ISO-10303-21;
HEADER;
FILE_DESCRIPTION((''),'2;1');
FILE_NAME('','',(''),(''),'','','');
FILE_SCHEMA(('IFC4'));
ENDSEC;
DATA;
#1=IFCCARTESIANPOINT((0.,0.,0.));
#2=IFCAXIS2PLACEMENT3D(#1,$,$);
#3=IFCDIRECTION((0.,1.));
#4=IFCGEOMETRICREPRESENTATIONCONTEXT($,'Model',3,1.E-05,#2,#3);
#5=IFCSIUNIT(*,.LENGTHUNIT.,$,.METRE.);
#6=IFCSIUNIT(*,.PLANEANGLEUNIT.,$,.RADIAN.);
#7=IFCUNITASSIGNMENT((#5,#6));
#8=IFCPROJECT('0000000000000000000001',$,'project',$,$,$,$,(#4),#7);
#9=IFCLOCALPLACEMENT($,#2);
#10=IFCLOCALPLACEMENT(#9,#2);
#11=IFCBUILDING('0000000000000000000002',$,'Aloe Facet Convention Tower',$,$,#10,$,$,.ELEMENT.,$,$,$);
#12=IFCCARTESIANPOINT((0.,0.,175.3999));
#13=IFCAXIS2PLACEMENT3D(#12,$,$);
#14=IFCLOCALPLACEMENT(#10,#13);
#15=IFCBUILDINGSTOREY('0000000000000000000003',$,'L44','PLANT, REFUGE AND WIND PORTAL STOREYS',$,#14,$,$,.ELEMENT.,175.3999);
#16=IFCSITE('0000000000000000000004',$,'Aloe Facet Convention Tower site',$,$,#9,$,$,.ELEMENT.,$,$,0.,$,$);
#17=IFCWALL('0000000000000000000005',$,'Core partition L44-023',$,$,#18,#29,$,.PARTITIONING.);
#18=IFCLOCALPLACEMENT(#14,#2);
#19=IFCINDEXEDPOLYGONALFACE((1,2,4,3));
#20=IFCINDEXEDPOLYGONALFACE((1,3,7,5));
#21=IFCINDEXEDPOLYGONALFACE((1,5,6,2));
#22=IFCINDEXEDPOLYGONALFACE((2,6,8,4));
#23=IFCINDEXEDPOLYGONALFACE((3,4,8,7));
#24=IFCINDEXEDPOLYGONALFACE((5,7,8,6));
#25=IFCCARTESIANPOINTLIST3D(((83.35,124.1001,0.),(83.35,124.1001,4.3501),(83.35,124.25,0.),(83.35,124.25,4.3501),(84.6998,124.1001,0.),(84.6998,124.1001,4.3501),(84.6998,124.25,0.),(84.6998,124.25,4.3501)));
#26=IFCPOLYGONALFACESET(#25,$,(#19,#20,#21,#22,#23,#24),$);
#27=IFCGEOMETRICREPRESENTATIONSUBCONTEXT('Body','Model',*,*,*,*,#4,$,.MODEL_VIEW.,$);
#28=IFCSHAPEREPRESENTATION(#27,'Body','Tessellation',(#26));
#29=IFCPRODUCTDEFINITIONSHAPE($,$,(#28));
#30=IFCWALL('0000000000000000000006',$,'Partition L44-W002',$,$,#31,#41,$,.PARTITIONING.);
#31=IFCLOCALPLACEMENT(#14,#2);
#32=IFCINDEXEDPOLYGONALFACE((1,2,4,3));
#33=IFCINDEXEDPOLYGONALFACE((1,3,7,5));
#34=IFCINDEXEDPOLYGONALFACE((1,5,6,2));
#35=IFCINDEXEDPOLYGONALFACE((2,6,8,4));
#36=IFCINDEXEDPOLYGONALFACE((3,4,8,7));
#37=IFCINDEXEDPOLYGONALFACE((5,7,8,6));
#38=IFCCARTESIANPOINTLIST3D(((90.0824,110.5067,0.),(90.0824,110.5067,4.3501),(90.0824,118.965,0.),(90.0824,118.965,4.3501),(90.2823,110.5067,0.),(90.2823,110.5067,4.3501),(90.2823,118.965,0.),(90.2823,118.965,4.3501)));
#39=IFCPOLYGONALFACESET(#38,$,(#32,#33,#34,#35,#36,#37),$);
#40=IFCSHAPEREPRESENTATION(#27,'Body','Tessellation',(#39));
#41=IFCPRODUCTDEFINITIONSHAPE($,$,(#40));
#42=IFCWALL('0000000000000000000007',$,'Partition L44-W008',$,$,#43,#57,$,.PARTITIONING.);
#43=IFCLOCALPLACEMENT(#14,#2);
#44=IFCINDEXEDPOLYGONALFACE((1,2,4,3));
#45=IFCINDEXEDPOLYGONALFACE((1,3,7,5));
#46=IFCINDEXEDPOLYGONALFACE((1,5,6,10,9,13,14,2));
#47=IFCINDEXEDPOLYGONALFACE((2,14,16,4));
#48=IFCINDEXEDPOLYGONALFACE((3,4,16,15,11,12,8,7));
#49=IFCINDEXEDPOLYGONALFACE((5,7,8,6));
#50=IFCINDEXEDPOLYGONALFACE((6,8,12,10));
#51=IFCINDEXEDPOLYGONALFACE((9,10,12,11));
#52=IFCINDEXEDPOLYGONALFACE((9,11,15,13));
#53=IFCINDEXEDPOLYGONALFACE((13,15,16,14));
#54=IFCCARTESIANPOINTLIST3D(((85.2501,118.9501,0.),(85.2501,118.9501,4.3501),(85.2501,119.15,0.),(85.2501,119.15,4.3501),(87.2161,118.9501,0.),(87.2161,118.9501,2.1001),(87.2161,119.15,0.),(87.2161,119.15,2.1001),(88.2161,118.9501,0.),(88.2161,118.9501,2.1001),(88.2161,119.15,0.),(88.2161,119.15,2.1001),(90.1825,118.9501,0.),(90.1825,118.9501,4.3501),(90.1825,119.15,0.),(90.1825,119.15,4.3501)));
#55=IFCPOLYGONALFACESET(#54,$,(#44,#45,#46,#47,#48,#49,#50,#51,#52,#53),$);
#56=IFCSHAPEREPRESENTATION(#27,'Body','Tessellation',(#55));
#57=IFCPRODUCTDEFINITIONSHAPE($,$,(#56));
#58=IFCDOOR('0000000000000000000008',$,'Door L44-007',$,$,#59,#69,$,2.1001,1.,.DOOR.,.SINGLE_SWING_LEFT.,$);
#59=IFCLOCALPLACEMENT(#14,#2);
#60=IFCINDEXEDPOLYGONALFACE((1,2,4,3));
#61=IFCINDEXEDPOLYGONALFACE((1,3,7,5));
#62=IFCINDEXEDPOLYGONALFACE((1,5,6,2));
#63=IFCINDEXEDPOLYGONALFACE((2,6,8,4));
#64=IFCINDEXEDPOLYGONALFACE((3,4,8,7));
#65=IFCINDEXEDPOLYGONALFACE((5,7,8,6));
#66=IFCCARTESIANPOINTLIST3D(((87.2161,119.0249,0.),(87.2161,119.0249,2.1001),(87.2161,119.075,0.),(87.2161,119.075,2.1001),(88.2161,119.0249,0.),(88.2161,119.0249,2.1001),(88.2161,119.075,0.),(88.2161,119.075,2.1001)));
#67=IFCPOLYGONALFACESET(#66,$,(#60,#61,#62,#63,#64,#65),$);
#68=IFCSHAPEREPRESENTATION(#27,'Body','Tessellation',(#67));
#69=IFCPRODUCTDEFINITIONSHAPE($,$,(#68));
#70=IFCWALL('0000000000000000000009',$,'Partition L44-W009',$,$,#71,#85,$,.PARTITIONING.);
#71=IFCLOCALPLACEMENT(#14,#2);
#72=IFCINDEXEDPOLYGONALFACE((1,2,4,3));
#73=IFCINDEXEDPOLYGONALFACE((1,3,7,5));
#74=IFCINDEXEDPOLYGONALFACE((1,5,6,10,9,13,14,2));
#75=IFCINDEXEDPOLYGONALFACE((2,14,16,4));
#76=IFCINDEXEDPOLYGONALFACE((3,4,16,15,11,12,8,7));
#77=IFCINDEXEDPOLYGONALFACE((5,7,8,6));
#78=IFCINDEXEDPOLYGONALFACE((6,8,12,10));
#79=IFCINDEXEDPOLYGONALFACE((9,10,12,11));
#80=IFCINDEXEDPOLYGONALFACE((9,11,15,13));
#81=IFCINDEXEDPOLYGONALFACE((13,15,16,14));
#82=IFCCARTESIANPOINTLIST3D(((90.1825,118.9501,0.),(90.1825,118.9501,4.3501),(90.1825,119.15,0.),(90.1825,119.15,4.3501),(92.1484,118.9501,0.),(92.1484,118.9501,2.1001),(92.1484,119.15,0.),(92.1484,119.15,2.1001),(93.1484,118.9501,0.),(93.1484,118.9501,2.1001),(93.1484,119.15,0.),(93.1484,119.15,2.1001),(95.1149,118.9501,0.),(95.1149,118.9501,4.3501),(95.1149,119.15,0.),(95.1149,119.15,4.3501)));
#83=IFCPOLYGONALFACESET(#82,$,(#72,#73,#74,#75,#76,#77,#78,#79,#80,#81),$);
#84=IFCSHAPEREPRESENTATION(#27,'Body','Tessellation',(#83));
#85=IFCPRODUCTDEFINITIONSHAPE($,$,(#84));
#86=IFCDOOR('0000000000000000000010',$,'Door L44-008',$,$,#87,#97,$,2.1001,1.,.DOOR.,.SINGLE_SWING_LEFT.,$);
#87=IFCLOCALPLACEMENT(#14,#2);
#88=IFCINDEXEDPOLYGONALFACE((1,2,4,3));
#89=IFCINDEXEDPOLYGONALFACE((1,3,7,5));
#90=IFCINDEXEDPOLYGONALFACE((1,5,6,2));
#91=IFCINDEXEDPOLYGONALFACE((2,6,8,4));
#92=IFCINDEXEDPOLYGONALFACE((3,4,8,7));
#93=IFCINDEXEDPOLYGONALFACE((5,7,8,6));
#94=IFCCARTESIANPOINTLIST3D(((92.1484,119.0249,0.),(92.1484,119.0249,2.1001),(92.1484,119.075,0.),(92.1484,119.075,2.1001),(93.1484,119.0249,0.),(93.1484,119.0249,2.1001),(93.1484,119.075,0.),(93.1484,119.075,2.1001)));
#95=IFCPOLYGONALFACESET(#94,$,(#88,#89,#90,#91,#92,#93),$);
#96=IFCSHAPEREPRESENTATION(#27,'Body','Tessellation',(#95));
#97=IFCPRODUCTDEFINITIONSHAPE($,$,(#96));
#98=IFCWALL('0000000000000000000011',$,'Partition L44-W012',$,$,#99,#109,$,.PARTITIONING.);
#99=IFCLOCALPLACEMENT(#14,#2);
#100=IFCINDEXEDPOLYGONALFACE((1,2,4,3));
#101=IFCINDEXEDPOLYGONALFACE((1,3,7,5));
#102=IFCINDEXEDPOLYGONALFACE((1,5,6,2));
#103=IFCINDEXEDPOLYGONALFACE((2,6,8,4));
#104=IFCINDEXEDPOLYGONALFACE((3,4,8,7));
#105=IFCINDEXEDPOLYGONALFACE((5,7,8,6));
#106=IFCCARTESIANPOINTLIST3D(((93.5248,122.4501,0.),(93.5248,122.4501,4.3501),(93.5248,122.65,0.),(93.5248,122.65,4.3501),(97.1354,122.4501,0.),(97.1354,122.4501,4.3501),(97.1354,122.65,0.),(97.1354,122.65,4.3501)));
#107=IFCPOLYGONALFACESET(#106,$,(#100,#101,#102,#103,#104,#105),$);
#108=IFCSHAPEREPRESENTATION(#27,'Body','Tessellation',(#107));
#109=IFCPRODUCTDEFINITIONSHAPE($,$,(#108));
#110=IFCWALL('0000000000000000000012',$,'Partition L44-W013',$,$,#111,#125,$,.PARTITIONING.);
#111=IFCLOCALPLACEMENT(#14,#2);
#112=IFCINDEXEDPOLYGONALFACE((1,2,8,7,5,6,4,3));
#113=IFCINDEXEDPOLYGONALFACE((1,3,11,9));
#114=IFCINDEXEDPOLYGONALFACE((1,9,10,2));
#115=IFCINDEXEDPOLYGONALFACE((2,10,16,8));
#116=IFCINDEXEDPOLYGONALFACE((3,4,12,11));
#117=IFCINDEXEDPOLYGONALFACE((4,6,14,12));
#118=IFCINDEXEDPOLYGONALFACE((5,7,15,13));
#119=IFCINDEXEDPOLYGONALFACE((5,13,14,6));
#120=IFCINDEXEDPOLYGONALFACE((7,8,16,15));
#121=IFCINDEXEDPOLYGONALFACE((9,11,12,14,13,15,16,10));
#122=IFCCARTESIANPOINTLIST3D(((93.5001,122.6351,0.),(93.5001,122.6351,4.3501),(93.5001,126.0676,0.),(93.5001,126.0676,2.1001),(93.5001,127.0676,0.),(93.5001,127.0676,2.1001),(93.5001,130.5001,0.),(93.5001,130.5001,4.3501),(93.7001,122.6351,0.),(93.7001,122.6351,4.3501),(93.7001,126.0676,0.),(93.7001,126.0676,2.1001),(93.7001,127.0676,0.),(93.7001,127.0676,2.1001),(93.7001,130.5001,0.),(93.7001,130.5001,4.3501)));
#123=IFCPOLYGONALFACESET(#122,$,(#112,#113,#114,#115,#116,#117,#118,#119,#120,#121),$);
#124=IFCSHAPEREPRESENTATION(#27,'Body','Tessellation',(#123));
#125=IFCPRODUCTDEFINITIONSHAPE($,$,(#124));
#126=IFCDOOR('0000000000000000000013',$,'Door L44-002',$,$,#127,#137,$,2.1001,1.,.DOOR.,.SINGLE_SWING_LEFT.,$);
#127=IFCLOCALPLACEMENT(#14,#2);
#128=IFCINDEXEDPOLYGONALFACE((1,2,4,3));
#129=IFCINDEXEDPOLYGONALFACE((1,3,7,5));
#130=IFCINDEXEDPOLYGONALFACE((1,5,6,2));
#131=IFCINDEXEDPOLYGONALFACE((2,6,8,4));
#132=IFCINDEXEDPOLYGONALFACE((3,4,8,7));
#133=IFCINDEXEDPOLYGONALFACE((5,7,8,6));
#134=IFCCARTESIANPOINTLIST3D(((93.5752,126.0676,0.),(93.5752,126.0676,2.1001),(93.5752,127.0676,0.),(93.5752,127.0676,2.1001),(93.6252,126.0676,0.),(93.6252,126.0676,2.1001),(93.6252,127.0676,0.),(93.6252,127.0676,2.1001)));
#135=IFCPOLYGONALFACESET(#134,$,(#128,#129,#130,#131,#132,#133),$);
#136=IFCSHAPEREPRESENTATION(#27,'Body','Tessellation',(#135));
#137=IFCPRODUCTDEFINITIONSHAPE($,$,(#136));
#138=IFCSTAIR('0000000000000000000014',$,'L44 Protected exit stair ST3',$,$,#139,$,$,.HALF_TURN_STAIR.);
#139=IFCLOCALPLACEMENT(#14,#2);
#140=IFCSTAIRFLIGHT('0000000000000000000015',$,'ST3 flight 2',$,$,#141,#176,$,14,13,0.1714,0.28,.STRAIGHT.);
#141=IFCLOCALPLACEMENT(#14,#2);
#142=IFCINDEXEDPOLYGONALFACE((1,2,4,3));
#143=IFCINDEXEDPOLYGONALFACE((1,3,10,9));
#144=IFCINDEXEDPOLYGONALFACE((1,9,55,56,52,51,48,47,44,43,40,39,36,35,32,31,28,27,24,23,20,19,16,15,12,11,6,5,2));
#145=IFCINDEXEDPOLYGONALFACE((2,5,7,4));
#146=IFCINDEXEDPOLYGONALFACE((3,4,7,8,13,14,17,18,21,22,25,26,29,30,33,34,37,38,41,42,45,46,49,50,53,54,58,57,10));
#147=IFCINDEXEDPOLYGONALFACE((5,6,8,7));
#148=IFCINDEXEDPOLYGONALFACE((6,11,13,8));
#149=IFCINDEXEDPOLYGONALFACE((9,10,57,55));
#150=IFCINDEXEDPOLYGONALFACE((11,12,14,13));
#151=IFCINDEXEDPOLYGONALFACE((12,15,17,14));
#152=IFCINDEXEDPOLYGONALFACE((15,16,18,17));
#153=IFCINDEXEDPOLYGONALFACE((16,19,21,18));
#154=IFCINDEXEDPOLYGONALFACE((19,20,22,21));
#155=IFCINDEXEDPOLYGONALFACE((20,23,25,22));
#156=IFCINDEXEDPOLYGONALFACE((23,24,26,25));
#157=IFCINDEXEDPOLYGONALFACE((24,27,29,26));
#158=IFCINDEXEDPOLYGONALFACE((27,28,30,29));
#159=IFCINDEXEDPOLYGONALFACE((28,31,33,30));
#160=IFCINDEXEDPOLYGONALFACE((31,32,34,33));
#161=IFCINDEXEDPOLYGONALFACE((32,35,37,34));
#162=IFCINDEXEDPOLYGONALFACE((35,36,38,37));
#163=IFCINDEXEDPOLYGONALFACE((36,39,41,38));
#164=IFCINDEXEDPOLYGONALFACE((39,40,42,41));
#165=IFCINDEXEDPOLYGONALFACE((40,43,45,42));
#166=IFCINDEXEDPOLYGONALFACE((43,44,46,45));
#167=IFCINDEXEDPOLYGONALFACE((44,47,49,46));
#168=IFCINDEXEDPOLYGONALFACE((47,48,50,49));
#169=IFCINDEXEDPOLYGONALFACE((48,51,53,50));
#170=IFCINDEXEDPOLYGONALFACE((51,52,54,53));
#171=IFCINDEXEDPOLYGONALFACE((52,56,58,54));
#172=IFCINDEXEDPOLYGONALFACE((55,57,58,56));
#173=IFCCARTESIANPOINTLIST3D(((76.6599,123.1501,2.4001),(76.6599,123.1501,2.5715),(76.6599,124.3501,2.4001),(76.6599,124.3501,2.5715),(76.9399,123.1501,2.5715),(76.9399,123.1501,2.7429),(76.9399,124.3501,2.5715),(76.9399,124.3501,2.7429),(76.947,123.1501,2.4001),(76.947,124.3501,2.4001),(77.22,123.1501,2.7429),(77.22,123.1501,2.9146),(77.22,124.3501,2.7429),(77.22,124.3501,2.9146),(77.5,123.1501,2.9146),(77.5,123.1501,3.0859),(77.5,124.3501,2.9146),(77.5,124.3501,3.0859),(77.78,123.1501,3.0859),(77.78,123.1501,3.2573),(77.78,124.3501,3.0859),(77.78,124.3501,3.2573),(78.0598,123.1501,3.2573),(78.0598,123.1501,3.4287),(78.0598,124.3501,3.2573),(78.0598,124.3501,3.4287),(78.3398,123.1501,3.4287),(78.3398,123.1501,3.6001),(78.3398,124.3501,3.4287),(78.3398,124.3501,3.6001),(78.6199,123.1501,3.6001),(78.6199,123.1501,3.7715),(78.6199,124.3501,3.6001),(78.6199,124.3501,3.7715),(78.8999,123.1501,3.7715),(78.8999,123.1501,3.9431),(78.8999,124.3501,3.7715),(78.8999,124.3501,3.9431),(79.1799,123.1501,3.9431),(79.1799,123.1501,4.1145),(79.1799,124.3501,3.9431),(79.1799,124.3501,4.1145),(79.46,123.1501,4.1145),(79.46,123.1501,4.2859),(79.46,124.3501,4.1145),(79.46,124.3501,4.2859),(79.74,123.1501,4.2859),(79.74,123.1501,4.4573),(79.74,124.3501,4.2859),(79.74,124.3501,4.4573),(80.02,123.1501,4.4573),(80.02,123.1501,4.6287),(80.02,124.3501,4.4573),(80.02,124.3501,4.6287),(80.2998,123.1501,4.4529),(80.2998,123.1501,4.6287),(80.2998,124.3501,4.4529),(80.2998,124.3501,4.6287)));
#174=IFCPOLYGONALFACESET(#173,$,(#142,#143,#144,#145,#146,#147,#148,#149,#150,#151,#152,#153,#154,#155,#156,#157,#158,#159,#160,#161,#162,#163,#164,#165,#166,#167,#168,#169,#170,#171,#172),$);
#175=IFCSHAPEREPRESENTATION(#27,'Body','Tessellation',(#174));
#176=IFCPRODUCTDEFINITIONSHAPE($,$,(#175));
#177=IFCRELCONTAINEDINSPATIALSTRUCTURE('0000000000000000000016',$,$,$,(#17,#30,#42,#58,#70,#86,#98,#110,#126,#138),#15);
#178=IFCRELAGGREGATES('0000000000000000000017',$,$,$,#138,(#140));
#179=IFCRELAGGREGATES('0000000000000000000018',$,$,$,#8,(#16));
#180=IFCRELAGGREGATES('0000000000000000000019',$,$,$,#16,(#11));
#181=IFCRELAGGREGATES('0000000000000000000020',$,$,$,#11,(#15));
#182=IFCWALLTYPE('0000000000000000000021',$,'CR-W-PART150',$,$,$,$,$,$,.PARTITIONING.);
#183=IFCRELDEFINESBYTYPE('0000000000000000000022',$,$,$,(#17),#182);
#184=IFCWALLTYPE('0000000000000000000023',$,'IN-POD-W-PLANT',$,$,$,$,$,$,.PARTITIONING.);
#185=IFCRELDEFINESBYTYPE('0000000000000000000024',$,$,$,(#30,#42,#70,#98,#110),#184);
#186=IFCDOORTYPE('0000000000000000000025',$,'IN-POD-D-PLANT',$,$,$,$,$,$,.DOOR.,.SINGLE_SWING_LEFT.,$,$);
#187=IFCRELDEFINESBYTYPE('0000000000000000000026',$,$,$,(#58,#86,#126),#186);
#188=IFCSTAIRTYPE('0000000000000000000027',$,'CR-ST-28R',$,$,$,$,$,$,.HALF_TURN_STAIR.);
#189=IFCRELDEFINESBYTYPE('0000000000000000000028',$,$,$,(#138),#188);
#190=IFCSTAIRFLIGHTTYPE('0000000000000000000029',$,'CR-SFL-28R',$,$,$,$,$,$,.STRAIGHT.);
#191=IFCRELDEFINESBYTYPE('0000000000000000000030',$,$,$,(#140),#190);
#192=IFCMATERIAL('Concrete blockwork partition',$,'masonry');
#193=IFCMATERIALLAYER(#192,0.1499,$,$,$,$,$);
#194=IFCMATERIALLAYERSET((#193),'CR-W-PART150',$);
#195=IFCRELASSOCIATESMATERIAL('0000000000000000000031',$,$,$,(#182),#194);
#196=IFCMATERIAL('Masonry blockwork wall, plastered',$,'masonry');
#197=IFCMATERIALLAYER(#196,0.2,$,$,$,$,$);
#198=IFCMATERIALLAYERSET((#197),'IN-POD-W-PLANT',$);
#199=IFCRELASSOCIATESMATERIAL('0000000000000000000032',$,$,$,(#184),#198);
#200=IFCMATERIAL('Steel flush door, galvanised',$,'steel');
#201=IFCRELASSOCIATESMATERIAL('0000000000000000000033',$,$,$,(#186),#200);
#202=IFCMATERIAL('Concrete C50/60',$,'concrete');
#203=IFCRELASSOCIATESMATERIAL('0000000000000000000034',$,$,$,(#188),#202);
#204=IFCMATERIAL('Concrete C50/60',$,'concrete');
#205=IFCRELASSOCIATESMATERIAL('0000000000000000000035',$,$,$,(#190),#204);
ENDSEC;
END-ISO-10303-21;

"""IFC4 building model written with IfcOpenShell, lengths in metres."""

from ifc_helpers import new_model, si_unit, direction, frame, frame_2d, origin, place, context, subcontext, project, spatial, polyline, rectangle, outline, extrude, material, layer, layer_set, type_object, element, fill, aggregate, save


model = new_model("IFC4")

# Units and contexts
model_context = context("Model", 3, precision=1e-05, world=origin(), true_north=direction((0.0, 1.0)))
body_context = subcontext(model_context, "Body", "Model", "MODEL_VIEW")
ifc_project = project(units=[si_unit("LENGTHUNIT", "METRE"), si_unit("PLANEANGLEUNIT", "RADIAN")], contexts=[model_context])

# Site, building, storey
site_placement = place(None, origin())
site = spatial("IfcSite", under=ifc_project, at=site_placement, Name="Aloe Facet Convention Tower site", CompositionType="ELEMENT", RefElevation=0.0)
building_placement = place(site_placement, origin())
building = spatial("IfcBuilding", under=site, at=building_placement, Name="Aloe Facet Convention Tower", CompositionType="ELEMENT")
storey_placement = place(building_placement, frame((0.0, 0.0, 175.3999)))
storey = spatial("IfcBuildingStorey", under=building, at=storey_placement, Name="L44", Description="PLANT, REFUGE AND WIND PORTAL STOREYS", CompositionType="ELEMENT", Elevation=175.3999)

# Walls
ifc_material_1 = material(Name="Concrete blockwork partition", Category="masonry")
ifc_layer_1 = layer(ifc_material_1, 0.1499)
ifc_layer_set_1 = layer_set([ifc_layer_1], Name="CR-W-PART150")
wall_type_1 = type_object("IfcWallType", Name="CR-W-PART150", PredefinedType="PARTITIONING", material=ifc_layer_set_1)
wall_1_placement = place(storey_placement, frame((83.3501, 124.175, 0.0), z_axis=(0.0, 0.0, 1.0), x_axis=(1.0, 0.0, 0.0)))
element("IfcWall", 1, at=wall_1_placement, inside=storey, type_object=wall_type_1, Name="Core partition L44-023", PredefinedType="PARTITIONING", context=body_context, shape_type="SweptSolid", body=[
    extrude(rectangle(XDim=1.3499, YDim=0.1499, at=frame_2d((0.6748, 0.0))), origin(), (0.0, 0.0, 1.0), 4.3501),
])
ifc_material_2 = material(Name="Masonry blockwork wall, plastered", Category="masonry")
ifc_layer_2 = layer(ifc_material_2, 0.2)
ifc_layer_set_2 = layer_set([ifc_layer_2], Name="IN-POD-W-PLANT")
wall_type_2 = type_object("IfcWallType", Name="IN-POD-W-PLANT", PredefinedType="PARTITIONING", material=ifc_layer_set_2)
wall_2_placement = place(storey_placement, frame((90.1824, 110.5068, 0.0), z_axis=(0.0, 0.0, 1.0), x_axis=(0.0, 1.0, 0.0)))
element("IfcWall", 2, at=wall_2_placement, inside=storey, type_object=wall_type_2, Name="Partition L44-W002", PredefinedType="PARTITIONING", context=body_context, shape_type="SweptSolid", body=[
    extrude(rectangle(XDim=8.4583, YDim=0.2, at=frame_2d((4.229, 0.0))), origin(), (0.0, 0.0, 1.0), 4.3501),
])

# Walls, openings, doors
wall_3_placement = place(storey_placement, frame((85.25, 119.05, 0.0), z_axis=(0.0, 0.0, 1.0), x_axis=(1.0, 0.0, 0.0)))
wall_3 = element("IfcWall", 3, at=wall_3_placement, inside=storey, type_object=wall_type_2, Name="Partition L44-W008", PredefinedType="PARTITIONING", context=body_context, shape_type="SweptSolid", body=[
    extrude(rectangle(XDim=4.9324, YDim=0.2, at=frame_2d((2.4663, 0.0))), origin(), (0.0, 0.0, 1.0), 4.3501),
])
opening_1_placement = place(wall_3_placement, frame((1.9661, 0.0, 0.0)))
opening_1 = element("IfcOpeningElement", 4, at=opening_1_placement, cuts=wall_3, PredefinedType="OPENING", context=body_context, shape_type="SweptSolid", body=[
    extrude(rectangle(XDim=1.0, YDim=2.1001, at=frame_2d((0.5, 1.05))), frame((0.0, 0.1099, 0.0), z_axis=(0.0, -1.0, 0.0), x_axis=(1.0, 0.0, 0.0)), (0.0, 0.0, 1.0), 0.22),
])
ifc_material_3 = material(Name="Steel flush door, galvanised", Category="steel")
door_type = type_object("IfcDoorType", Name="IN-POD-D-PLANT", OperationType="SINGLE_SWING_LEFT", PredefinedType="DOOR", material=ifc_material_3)
door_1_placement = place(opening_1_placement, origin())
door_1 = element("IfcDoor", 5, at=door_1_placement, inside=storey, type_object=door_type, Name="Door L44-007", OperationType="SINGLE_SWING_LEFT", OverallHeight=2.1001, OverallWidth=1.0, PredefinedType="DOOR", context=body_context, shape_type="SweptSolid", body=[
    extrude(rectangle(XDim=1.0, YDim=2.1001, at=frame_2d((0.5, 1.05))), frame((0.0, 0.0249, 0.0), z_axis=(0.0, -1.0, 0.0), x_axis=(1.0, 0.0, 0.0)), (0.0, 0.0, 1.0), 0.05),
])
fill(opening_1, door_1)
wall_4_placement = place(storey_placement, frame((90.1824, 119.05, 0.0), z_axis=(0.0, 0.0, 1.0), x_axis=(1.0, 0.0, 0.0)))
wall_4 = element("IfcWall", 6, at=wall_4_placement, inside=storey, type_object=wall_type_2, Name="Partition L44-W009", PredefinedType="PARTITIONING", context=body_context, shape_type="SweptSolid", body=[
    extrude(rectangle(XDim=4.9324, YDim=0.2, at=frame_2d((2.4663, 0.0))), origin(), (0.0, 0.0, 1.0), 4.3501),
])
opening_2_placement = place(wall_4_placement, frame((1.9661, 0.0, 0.0)))
opening_2 = element("IfcOpeningElement", 7, at=opening_2_placement, cuts=wall_4, PredefinedType="OPENING", context=body_context, shape_type="SweptSolid", body=[
    extrude(rectangle(XDim=1.0, YDim=2.1001, at=frame_2d((0.5, 1.05))), frame((0.0, 0.1099, 0.0), z_axis=(0.0, -1.0, 0.0), x_axis=(1.0, 0.0, 0.0)), (0.0, 0.0, 1.0), 0.22),
])
door_2_placement = place(opening_2_placement, origin())
door_2 = element("IfcDoor", 8, at=door_2_placement, inside=storey, type_object=door_type, Name="Door L44-008", OperationType="SINGLE_SWING_LEFT", OverallHeight=2.1001, OverallWidth=1.0, PredefinedType="DOOR", context=body_context, shape_type="SweptSolid", body=[
    extrude(rectangle(XDim=1.0, YDim=2.1001, at=frame_2d((0.5, 1.05))), frame((0.0, 0.0249, 0.0), z_axis=(0.0, -1.0, 0.0), x_axis=(1.0, 0.0, 0.0)), (0.0, 0.0, 1.0), 0.05),
])
fill(opening_2, door_2)

# Wall
wall_5_placement = place(storey_placement, frame((93.5249, 122.55, 0.0), z_axis=(0.0, 0.0, 1.0), x_axis=(1.0, 0.0, 0.0)))
element("IfcWall", 9, at=wall_5_placement, inside=storey, type_object=wall_type_2, Name="Partition L44-W012", PredefinedType="PARTITIONING", context=body_context, shape_type="SweptSolid", body=[
    extrude(rectangle(XDim=3.6106, YDim=0.2, at=frame_2d((1.8052, 0.0))), origin(), (0.0, 0.0, 1.0), 4.3501),
])

# Wall, opening, door
wall_6_placement = place(storey_placement, frame((93.6001, 122.635, 0.0), z_axis=(0.0, 0.0, 1.0), x_axis=(0.0, 1.0, 0.0)))
wall_6 = element("IfcWall", 10, at=wall_6_placement, inside=storey, type_object=wall_type_2, Name="Partition L44-W013", PredefinedType="PARTITIONING", context=body_context, shape_type="SweptSolid", body=[
    extrude(rectangle(XDim=7.865, YDim=0.2, at=frame_2d((3.9326, 0.0))), origin(), (0.0, 0.0, 1.0), 4.3501),
])
opening_3_placement = place(wall_6_placement, frame((3.4326, 0.0, 0.0)))
opening_3 = element("IfcOpeningElement", 11, at=opening_3_placement, cuts=wall_6, PredefinedType="OPENING", context=body_context, shape_type="SweptSolid", body=[
    extrude(rectangle(XDim=1.0, YDim=2.1001, at=frame_2d((0.5, 1.05))), frame((0.0, 0.1099, 0.0), z_axis=(0.0, -1.0, 0.0), x_axis=(1.0, 0.0, 0.0)), (0.0, 0.0, 1.0), 0.22),
])
door_3_placement = place(opening_3_placement, origin())
door_3 = element("IfcDoor", 12, at=door_3_placement, inside=storey, type_object=door_type, Name="Door L44-002", OperationType="SINGLE_SWING_LEFT", OverallHeight=2.1001, OverallWidth=1.0, PredefinedType="DOOR", context=body_context, shape_type="SweptSolid", body=[
    extrude(rectangle(XDim=1.0, YDim=2.1001, at=frame_2d((0.5, 1.05))), frame((0.0, 0.0249, 0.0), z_axis=(0.0, -1.0, 0.0), x_axis=(1.0, 0.0, 0.0)), (0.0, 0.0, 1.0), 0.05),
])
fill(opening_3, door_3)

# Stair, stair flight
ifc_material_4 = material(Name="Concrete C50/60", Category="concrete")
stair_type = type_object("IfcStairType", Name="CR-ST-28R", PredefinedType="HALF_TURN_STAIR", material=ifc_material_4)
stair_placement = place(storey_placement, origin())
stair = element("IfcStair", 13, at=stair_placement, inside=storey, type_object=stair_type, Name="L44 Protected exit stair ST3", PredefinedType="HALF_TURN_STAIR")
ifc_material_5 = material(Name="Concrete C50/60", Category="concrete")
stair_flight_type = type_object("IfcStairFlightType", Name="CR-SFL-28R", PredefinedType="STRAIGHT", material=ifc_material_5)
stair_flight_placement = place(storey_placement, frame((76.6599, 123.75, 2.4001), z_axis=(0.0, 0.0, 1.0), x_axis=(1.0, 0.0, 0.0)))
stair_flight = element("IfcStairFlight", 14, at=stair_flight_placement, type_object=stair_flight_type, Name="ST3 flight 2", NumberOfRisers=14, NumberOfTreads=13, PredefinedType="STRAIGHT", RiserHeight=0.1714, TreadLength=0.28, context=body_context, shape_type="SweptSolid", body=[
    extrude(outline(polyline([(0.0, 0.0), (0.0, 0.1714), (0.28, 0.1714), (0.28, 0.3428), (0.5601, 0.3428), (0.5601, 0.5144), (0.8401, 0.5144), (0.8401, 0.6858), (1.1201, 0.6858), (1.1201, 0.8572), (1.3999, 0.8572), (1.3999, 1.0286), (1.6799, 1.0286), (1.6799, 1.2), (1.96, 1.2), (1.96, 1.3713), (2.24, 1.3713), (2.24, 1.543), (2.52, 1.543), (2.52, 1.7144), (2.8, 1.7144), (2.8, 1.8857), (3.0801, 1.8857), (3.0801, 2.0571), (3.3601, 2.0571), (3.3601, 2.2285), (3.6399, 2.2285), (3.6399, 2.3999), (3.6399, 2.0527), (0.2871, 0.0), (0.0, 0.0)])), frame((0.0, 0.6001, 0.0), z_axis=(0.0, -1.0, 0.0), x_axis=(1.0, 0.0, 0.0)), (0.0, 0.0, 1.0), 1.2),
])
aggregate(stair, [stair_flight])

save(model, "model.ifc")
